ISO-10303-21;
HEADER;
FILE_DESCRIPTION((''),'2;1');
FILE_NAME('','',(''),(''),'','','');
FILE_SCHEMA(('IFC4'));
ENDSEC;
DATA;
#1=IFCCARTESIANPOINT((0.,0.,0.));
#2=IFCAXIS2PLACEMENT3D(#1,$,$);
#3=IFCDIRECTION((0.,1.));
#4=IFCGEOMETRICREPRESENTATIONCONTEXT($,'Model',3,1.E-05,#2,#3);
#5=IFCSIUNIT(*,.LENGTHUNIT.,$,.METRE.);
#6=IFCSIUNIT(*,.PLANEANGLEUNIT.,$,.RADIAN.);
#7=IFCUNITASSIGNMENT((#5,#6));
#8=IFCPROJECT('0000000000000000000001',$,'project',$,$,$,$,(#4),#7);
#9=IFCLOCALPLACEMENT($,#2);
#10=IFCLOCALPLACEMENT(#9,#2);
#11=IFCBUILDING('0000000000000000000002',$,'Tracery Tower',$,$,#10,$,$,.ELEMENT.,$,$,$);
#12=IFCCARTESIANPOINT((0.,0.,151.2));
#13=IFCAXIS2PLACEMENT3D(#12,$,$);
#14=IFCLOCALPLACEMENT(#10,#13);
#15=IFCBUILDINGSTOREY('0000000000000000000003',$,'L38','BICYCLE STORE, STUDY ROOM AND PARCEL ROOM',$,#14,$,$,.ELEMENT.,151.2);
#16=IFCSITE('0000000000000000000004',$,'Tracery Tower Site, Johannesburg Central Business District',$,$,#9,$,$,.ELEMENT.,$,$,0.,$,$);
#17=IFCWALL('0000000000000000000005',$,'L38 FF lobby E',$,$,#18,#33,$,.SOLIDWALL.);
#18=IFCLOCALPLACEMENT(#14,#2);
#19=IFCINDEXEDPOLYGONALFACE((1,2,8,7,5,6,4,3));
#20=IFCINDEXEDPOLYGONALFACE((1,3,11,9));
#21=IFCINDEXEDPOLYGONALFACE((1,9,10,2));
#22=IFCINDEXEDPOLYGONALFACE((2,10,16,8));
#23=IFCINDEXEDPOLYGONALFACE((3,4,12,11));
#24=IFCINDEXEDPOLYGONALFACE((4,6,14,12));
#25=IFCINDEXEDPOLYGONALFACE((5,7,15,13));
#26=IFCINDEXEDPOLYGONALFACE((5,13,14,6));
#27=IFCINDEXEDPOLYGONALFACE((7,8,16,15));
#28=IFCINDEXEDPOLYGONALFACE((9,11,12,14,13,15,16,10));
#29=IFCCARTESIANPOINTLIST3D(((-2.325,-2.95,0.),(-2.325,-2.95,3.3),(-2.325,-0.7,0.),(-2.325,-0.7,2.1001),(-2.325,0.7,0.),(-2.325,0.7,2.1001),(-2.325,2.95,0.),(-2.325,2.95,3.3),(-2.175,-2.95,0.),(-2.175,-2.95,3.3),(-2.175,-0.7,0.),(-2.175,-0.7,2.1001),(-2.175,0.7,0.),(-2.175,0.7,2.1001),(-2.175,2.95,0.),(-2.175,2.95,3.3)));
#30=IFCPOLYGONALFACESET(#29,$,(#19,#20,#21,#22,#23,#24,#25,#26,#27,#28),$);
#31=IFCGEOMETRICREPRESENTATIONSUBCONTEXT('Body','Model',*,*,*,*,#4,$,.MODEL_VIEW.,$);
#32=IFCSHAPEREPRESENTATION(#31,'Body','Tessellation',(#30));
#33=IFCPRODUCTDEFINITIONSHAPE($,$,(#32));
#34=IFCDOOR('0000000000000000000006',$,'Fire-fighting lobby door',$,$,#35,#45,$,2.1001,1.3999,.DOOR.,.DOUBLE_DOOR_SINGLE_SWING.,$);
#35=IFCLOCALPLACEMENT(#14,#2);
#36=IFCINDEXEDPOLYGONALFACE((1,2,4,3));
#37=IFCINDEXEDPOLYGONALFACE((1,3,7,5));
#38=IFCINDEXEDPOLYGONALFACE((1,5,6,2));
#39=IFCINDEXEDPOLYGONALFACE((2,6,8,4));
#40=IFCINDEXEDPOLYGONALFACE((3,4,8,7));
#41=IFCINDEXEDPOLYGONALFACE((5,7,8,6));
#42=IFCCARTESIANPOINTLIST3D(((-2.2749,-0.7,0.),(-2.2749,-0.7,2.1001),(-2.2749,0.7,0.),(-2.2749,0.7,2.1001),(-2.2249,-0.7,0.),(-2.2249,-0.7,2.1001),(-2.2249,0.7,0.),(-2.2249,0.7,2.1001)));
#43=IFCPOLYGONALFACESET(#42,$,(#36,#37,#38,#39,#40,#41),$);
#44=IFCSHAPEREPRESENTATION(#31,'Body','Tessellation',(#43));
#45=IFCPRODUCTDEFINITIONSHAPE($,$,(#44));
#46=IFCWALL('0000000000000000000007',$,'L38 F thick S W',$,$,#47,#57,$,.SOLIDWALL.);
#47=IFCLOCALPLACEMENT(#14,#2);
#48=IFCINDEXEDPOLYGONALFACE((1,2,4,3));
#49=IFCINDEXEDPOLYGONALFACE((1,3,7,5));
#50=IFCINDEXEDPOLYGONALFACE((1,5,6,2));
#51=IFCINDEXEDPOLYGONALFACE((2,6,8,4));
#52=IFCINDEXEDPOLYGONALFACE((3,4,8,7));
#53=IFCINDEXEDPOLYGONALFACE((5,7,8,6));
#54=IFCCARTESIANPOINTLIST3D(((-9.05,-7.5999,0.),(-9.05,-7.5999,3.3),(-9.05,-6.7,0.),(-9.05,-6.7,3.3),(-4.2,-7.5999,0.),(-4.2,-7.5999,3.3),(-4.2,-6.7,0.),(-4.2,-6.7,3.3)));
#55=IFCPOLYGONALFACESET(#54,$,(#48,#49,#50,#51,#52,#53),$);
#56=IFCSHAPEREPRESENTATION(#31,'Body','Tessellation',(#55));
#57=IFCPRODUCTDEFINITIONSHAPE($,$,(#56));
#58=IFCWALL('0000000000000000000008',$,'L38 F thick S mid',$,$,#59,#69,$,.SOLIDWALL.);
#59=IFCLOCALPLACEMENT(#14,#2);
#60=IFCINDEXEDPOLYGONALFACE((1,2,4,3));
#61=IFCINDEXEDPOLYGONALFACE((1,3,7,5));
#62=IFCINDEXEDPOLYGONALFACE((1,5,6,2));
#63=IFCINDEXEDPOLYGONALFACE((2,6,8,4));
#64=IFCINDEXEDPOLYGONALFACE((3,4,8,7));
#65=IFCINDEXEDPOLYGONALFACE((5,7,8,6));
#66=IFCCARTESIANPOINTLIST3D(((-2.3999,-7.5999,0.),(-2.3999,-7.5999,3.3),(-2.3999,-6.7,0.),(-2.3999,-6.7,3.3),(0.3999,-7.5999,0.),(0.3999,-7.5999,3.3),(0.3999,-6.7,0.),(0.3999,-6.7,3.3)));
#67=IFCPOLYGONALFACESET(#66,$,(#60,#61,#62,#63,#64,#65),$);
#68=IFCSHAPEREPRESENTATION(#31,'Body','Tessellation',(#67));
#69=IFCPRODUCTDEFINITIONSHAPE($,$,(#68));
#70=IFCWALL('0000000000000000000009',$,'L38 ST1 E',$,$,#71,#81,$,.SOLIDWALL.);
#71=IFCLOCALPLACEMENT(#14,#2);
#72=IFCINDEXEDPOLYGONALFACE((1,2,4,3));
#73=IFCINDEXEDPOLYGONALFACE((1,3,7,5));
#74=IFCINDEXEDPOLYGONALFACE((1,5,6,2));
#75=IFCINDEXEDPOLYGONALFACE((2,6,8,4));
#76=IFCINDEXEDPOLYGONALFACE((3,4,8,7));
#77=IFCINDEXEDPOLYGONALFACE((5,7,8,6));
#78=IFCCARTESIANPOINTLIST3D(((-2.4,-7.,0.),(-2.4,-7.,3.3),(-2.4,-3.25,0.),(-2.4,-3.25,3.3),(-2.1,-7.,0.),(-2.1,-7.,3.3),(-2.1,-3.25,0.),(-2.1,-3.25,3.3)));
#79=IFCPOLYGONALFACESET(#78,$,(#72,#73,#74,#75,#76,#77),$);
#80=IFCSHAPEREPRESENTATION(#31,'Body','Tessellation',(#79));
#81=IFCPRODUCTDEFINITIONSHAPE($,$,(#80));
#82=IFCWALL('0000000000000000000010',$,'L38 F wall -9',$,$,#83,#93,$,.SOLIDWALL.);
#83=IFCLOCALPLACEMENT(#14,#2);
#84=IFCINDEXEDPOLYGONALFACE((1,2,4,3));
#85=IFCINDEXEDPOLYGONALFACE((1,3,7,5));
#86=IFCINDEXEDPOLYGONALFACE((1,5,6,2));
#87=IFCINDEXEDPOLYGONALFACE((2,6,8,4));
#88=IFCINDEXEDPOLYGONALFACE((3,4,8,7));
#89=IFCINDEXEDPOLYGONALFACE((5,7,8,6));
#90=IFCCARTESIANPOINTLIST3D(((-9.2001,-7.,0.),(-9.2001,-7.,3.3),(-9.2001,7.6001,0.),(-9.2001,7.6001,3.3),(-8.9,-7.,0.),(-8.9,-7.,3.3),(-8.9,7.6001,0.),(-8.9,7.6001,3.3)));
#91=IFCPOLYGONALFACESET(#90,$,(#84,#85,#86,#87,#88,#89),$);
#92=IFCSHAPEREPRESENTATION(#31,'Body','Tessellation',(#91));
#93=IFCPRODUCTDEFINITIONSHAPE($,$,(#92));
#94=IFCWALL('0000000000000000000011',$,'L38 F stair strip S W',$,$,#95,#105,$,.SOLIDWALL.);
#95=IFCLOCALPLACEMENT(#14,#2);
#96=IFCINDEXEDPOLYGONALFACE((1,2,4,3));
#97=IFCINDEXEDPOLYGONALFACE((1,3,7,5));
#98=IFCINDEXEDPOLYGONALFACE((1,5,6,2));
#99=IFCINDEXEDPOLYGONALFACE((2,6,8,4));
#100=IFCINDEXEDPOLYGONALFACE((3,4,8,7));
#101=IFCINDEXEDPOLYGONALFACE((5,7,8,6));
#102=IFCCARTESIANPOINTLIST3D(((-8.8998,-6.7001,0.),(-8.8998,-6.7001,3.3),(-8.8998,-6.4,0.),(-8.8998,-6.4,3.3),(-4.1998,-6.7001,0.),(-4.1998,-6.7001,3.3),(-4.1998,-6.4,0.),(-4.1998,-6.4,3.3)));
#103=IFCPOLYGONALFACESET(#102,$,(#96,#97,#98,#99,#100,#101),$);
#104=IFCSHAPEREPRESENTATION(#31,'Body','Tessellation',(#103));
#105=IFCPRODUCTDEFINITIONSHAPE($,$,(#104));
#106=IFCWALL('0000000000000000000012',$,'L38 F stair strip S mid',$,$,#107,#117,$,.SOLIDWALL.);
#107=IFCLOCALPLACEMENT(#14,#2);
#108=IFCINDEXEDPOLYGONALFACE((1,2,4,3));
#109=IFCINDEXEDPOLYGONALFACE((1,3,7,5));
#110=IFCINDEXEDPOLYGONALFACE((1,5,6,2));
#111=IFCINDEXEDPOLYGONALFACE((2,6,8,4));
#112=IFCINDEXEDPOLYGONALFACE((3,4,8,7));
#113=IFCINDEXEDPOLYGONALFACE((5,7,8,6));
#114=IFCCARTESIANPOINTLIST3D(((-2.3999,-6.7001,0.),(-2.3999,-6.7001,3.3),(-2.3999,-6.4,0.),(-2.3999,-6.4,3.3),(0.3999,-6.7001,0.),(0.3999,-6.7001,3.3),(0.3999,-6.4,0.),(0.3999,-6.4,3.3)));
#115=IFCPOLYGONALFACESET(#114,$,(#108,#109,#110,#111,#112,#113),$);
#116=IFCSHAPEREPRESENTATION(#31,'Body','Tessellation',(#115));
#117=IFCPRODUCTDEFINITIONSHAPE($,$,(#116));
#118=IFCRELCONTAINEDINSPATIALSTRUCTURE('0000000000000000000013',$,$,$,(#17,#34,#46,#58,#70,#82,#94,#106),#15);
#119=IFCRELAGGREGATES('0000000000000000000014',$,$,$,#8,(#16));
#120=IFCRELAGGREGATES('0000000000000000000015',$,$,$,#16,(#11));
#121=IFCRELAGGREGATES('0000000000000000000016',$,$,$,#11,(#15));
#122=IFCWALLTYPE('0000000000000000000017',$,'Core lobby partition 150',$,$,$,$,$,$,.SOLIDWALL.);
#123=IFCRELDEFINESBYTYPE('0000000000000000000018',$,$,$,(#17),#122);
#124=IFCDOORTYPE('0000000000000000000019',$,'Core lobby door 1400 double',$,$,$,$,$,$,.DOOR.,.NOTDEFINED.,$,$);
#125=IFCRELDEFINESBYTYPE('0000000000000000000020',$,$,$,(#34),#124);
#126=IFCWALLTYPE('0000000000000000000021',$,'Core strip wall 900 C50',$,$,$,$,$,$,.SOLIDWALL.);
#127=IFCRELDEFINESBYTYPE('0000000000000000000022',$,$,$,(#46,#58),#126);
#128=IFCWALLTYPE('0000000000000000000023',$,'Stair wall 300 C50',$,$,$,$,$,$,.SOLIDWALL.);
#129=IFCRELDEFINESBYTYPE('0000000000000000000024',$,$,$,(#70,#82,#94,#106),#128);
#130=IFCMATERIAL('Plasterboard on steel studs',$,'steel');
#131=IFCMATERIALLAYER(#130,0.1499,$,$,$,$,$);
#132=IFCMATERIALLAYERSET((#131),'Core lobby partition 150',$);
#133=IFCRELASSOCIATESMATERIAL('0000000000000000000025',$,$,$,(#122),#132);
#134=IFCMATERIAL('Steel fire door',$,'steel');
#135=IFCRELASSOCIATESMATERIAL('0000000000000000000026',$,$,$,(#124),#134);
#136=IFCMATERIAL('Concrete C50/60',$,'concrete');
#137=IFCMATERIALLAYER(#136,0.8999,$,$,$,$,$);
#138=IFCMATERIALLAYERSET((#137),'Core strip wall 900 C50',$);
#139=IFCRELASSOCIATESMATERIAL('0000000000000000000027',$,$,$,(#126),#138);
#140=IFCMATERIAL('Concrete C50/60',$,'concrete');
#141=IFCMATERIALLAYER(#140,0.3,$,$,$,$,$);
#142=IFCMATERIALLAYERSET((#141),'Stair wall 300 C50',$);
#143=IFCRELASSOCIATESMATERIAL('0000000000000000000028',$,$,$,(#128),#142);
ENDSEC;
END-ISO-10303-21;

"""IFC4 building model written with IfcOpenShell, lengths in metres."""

from ifc_helpers import new_model, si_unit, direction, frame, frame_2d, origin, place, context, subcontext, project, spatial, rectangle, extrude, material, layer, layer_set, type_object, element, fill, save


model = new_model("IFC4")

# Units and contexts
model_context = context("Model", 3, precision=1e-05, world=origin(), true_north=direction((0.0, 1.0)))
body_context = subcontext(model_context, "Body", "Model", "MODEL_VIEW")
ifc_project = project(units=[si_unit("LENGTHUNIT", "METRE"), si_unit("PLANEANGLEUNIT", "RADIAN")], contexts=[model_context])

# Site, building, storey
site_placement = place(None, origin())
site = spatial("IfcSite", under=ifc_project, at=site_placement, Name="Tracery Tower Site, Johannesburg Central Business District", CompositionType="ELEMENT", RefElevation=0.0)
building_placement = place(site_placement, origin())
building = spatial("IfcBuilding", under=site, at=building_placement, Name="Tracery Tower", CompositionType="ELEMENT")
storey_placement = place(building_placement, frame((0.0, 0.0, 151.2)))
storey = spatial("IfcBuildingStorey", under=building, at=storey_placement, Name="L38", Description="BICYCLE STORE, STUDY ROOM AND PARCEL ROOM", CompositionType="ELEMENT", Elevation=151.2)

# Wall, opening, door
ifc_material_1 = material(Name="Plasterboard on steel studs", Category="steel")
ifc_layer_1 = layer(ifc_material_1, 0.1499)
ifc_layer_set_1 = layer_set([ifc_layer_1], Name="Core lobby partition 150")
wall_type_1 = type_object("IfcWallType", Name="Core lobby partition 150", PredefinedType="SOLIDWALL", material=ifc_layer_set_1)
wall_1_placement = place(storey_placement, frame((-2.25, -2.95, 0.0), z_axis=(0.0, 0.0, 1.0), x_axis=(0.0, 1.0, 0.0)))
wall_1 = element("IfcWall", 1, at=wall_1_placement, inside=storey, type_object=wall_type_1, Name="L38 FF lobby E", PredefinedType="SOLIDWALL", context=body_context, shape_type="SweptSolid", body=[
    extrude(rectangle(XDim=5.8999, YDim=0.1499, at=frame_2d((2.95, 0.0))), origin(), (0.0, 0.0, 1.0), 3.3),
])
opening_1_placement = place(wall_1_placement, frame((2.25, 0.0, 0.0)))
opening_1 = element("IfcOpeningElement", 2, at=opening_1_placement, cuts=wall_1, PredefinedType="OPENING", context=body_context, shape_type="SweptSolid", body=[
    extrude(rectangle(XDim=1.3999, YDim=2.1001, at=frame_2d((0.7, 1.05))), frame((0.0, 0.075, 0.0), z_axis=(0.0, -1.0, 0.0), x_axis=(1.0, 0.0, 0.0)), (0.0, 0.0, 1.0), 0.1499),
])
ifc_material_2 = material(Name="Steel fire door", Category="steel")
door_type_1 = type_object("IfcDoorType", Name="Core lobby door 1400 double", OperationType="NOTDEFINED", PredefinedType="DOOR", material=ifc_material_2)
door_1_placement = place(opening_1_placement, origin())
door_1 = element("IfcDoor", 3, at=door_1_placement, inside=storey, type_object=door_type_1, Name="Fire-fighting lobby door", OperationType="DOUBLE_DOOR_SINGLE_SWING", OverallHeight=2.1001, OverallWidth=1.3999, PredefinedType="DOOR", context=body_context, shape_type="SweptSolid", body=[
    extrude(rectangle(XDim=1.3999, YDim=2.1001, at=frame_2d((0.7, 1.05))), frame((0.0, 0.0249, 0.0), z_axis=(0.0, -1.0, 0.0), x_axis=(1.0, 0.0, 0.0)), (0.0, 0.0, 1.0), 0.05),
])
fill(opening_1, door_1)

# Walls
ifc_material_3 = material(Name="Concrete C50/60", Category="concrete")
ifc_layer_2 = layer(ifc_material_3, 0.8999)
ifc_layer_set_2 = layer_set([ifc_layer_2], Name="Core strip wall 900 C50")
wall_type_2 = type_object("IfcWallType", Name="Core strip wall 900 C50", PredefinedType="SOLIDWALL", material=ifc_layer_set_2)
wall_2_placement = place(storey_placement, frame((-9.05, -7.1499, 0.0), z_axis=(0.0, 0.0, 1.0), x_axis=(1.0, 0.0, 0.0)))
element("IfcWall", 4, at=wall_2_placement, inside=storey, type_object=wall_type_2, Name="L38 F thick S W", PredefinedType="SOLIDWALL", context=body_context, shape_type="SweptSolid", body=[
    extrude(rectangle(XDim=4.8501, YDim=0.8999, at=frame_2d((2.425, 0.0))), origin(), (0.0, 0.0, 1.0), 3.3),
])
wall_3_placement = place(storey_placement, frame((-2.3999, -7.1499, 0.0), z_axis=(0.0, 0.0, 1.0), x_axis=(1.0, 0.0, 0.0)))
element("IfcWall", 5, at=wall_3_placement, inside=storey, type_object=wall_type_2, Name="L38 F thick S mid", PredefinedType="SOLIDWALL", context=body_context, shape_type="SweptSolid", body=[
    extrude(rectangle(XDim=2.7998, YDim=0.8999, at=frame_2d((1.3999, 0.0))), origin(), (0.0, 0.0, 1.0), 3.3),
])

# Shared definitions
ifc_material_4 = material(Name="Concrete C50/60", Category="concrete")
ifc_layer_3 = layer(ifc_material_4, 0.3)
ifc_layer_set_3 = layer_set([ifc_layer_3], Name="Stair wall 300 C50")
wall_type_3 = type_object("IfcWallType", Name="Stair wall 300 C50", PredefinedType="SOLIDWALL", material=ifc_layer_set_3)

# Walls
wall_4_placement = place(storey_placement, frame((-2.25, -7.0, 0.0), z_axis=(0.0, 0.0, 1.0), x_axis=(0.0, 1.0, 0.0)))
element("IfcWall", 6, at=wall_4_placement, inside=storey, type_object=wall_type_3, Name="L38 ST1 E", PredefinedType="SOLIDWALL", context=body_context, shape_type="SweptSolid", body=[
    extrude(rectangle(XDim=3.75, YDim=0.3, at=frame_2d((1.875, 0.0))), origin(), (0.0, 0.0, 1.0), 3.3),
])
wall_5_placement = place(storey_placement, frame((-9.05, -7.0, 0.0), z_axis=(0.0, 0.0, 1.0), x_axis=(0.0, 1.0, 0.0)))
element("IfcWall", 7, at=wall_5_placement, inside=storey, type_object=wall_type_3, Name="L38 F wall -9", PredefinedType="SOLIDWALL", context=body_context, shape_type="SweptSolid", body=[
    extrude(rectangle(XDim=14.6001, YDim=0.3, at=frame_2d((7.3, 0.0))), origin(), (0.0, 0.0, 1.0), 3.3),
])
wall_6_placement = place(storey_placement, frame((-8.8999, -6.55, 0.0), z_axis=(0.0, 0.0, 1.0), x_axis=(1.0, 0.0, 0.0)))
element("IfcWall", 8, at=wall_6_placement, inside=storey, type_object=wall_type_3, Name="L38 F stair strip S W", PredefinedType="SOLIDWALL", context=body_context, shape_type="SweptSolid", body=[
    extrude(rectangle(XDim=4.7, YDim=0.3, at=frame_2d((2.3501, 0.0))), origin(), (0.0, 0.0, 1.0), 3.3),
])
wall_7_placement = place(storey_placement, frame((-2.3999, -6.55, 0.0), z_axis=(0.0, 0.0, 1.0), x_axis=(1.0, 0.0, 0.0)))
element("IfcWall", 9, at=wall_7_placement, inside=storey, type_object=wall_type_3, Name="L38 F stair strip S mid", PredefinedType="SOLIDWALL", context=body_context, shape_type="SweptSolid", body=[
    extrude(rectangle(XDim=2.7998, YDim=0.3, at=frame_2d((1.3999, 0.0))), origin(), (0.0, 0.0, 1.0), 3.3),
])

save(model, "model.ifc")
